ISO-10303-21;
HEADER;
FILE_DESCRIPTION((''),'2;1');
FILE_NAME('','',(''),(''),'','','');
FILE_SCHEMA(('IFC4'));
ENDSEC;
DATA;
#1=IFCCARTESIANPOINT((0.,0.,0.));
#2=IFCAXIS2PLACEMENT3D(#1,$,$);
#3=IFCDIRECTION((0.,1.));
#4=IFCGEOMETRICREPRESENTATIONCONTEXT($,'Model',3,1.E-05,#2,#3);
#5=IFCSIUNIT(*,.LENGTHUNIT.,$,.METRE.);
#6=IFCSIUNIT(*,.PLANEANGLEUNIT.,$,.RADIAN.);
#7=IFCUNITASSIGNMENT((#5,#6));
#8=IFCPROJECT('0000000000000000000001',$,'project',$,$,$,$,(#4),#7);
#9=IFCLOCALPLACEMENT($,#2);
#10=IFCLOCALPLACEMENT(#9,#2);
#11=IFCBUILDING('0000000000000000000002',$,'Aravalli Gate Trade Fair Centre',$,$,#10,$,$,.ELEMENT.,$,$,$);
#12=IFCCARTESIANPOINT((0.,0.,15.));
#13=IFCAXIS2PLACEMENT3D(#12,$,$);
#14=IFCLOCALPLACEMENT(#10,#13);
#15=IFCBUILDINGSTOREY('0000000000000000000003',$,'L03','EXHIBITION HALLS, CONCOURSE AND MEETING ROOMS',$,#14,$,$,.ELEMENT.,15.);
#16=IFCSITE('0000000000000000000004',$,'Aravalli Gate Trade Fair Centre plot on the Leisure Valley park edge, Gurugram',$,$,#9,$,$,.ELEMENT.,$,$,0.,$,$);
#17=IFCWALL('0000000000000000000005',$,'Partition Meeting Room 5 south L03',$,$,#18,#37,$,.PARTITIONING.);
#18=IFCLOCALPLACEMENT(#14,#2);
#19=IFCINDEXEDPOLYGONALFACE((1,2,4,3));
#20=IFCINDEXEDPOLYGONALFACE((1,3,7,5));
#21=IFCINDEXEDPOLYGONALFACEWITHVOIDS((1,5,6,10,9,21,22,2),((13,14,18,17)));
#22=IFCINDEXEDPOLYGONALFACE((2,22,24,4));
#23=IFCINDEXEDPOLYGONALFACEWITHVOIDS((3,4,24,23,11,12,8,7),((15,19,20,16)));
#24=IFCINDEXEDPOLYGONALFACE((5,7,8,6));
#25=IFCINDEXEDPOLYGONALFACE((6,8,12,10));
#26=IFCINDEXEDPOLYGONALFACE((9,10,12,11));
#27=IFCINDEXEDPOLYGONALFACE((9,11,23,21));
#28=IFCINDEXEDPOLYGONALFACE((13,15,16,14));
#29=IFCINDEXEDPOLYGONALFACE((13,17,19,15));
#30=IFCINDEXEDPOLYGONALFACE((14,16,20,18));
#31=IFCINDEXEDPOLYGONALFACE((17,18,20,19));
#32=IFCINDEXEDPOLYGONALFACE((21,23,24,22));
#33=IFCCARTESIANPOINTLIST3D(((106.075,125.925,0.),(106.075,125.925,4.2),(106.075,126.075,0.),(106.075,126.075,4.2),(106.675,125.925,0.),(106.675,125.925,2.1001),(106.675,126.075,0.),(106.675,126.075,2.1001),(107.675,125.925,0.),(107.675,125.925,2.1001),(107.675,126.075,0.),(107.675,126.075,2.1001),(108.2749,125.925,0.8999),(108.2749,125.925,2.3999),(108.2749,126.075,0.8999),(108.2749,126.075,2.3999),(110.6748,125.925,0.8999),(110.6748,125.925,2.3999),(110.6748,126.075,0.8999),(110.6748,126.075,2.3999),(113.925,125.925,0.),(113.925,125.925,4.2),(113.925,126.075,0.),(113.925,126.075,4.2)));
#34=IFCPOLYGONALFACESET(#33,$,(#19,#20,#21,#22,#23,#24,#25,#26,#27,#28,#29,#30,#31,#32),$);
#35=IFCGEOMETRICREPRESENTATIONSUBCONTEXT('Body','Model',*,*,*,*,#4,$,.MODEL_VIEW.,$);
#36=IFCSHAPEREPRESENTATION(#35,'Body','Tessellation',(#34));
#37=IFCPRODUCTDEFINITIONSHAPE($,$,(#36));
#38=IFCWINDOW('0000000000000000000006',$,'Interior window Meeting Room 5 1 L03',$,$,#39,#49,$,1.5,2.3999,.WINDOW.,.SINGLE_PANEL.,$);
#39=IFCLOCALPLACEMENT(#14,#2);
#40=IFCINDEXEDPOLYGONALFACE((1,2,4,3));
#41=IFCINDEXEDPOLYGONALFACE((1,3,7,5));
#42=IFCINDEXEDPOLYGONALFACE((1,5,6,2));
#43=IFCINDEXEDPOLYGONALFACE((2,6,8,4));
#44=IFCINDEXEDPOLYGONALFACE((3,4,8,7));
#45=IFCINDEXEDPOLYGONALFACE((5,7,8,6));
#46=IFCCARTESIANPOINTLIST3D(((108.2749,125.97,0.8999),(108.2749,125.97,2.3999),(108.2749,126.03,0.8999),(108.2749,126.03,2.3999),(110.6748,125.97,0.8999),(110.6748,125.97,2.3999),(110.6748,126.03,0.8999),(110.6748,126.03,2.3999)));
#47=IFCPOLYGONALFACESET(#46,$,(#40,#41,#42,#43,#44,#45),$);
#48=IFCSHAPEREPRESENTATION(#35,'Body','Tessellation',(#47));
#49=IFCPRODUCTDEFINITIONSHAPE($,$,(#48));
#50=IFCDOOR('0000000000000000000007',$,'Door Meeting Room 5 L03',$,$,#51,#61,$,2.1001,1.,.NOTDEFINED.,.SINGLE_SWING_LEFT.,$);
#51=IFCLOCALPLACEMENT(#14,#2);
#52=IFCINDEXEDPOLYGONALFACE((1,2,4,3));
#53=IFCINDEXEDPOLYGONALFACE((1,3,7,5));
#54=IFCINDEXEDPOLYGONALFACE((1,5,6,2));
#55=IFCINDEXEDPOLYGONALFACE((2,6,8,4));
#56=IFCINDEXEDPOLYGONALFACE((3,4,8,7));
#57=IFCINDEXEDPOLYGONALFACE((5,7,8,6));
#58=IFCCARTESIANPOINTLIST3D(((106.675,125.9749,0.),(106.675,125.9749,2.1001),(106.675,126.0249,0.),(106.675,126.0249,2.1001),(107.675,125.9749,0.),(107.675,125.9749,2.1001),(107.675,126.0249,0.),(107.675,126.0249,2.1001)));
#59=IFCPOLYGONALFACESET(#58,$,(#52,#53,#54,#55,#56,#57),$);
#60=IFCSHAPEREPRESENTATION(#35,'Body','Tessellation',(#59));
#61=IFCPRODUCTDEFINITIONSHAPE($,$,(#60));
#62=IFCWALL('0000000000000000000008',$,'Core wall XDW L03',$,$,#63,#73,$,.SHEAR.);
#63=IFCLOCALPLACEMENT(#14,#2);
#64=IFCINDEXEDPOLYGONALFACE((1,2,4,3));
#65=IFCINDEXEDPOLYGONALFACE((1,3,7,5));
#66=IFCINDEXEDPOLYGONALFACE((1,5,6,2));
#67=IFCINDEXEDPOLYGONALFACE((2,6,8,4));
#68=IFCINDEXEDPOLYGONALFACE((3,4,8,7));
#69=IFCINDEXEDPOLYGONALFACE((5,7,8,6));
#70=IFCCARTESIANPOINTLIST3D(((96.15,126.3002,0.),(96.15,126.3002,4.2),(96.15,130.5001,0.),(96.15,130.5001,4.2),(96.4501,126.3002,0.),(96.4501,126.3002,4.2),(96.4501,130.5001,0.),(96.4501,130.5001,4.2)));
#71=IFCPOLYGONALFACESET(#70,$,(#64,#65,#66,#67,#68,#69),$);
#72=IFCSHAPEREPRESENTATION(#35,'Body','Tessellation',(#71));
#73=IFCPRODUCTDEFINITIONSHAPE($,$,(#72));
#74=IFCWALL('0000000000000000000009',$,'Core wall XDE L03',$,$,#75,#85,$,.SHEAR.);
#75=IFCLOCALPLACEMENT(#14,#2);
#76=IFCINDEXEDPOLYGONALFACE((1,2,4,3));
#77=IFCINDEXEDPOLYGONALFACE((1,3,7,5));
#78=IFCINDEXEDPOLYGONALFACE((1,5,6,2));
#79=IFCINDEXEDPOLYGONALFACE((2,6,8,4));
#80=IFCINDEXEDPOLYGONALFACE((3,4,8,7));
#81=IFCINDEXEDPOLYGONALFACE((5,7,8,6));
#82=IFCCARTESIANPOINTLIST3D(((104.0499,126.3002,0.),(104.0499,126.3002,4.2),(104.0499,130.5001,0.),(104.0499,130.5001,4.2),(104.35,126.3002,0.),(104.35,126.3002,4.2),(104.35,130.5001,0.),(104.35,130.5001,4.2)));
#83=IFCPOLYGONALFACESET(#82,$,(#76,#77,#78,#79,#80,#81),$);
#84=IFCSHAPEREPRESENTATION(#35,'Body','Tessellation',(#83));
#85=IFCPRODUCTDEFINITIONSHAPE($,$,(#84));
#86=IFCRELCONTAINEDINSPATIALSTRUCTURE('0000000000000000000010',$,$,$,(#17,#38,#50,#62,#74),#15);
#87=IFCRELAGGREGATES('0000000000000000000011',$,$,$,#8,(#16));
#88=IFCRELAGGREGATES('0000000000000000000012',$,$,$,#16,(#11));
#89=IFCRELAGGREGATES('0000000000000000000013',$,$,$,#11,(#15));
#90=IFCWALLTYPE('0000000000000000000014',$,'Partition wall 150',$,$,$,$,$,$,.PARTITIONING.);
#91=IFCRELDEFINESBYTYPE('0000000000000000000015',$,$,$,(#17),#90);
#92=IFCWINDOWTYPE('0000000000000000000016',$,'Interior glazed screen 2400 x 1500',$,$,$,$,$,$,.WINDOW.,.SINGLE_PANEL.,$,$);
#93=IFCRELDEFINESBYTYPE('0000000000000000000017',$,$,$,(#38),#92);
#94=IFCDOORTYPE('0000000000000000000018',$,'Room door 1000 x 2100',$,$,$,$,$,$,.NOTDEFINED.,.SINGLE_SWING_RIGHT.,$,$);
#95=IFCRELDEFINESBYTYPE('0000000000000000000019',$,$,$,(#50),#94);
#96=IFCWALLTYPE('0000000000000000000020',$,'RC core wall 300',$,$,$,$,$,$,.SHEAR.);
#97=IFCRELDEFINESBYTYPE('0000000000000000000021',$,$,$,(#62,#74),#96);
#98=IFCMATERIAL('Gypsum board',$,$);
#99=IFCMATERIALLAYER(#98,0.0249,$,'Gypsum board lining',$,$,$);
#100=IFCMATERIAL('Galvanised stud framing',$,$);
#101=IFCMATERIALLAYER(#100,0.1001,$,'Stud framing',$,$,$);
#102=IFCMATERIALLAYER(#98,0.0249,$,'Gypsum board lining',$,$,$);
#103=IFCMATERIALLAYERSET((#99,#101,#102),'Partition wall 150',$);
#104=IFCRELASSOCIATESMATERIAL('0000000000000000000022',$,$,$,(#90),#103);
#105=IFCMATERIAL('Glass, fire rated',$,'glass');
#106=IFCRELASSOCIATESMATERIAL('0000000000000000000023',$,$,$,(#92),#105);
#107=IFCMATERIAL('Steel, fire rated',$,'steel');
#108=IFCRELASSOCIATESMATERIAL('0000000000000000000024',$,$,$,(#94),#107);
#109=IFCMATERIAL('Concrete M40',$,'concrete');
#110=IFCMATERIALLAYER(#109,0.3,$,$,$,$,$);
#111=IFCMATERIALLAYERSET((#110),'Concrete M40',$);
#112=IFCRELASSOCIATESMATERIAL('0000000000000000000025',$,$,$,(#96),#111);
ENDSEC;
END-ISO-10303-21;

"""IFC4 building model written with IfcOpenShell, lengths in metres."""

from ifc_helpers import new_model, si_unit, direction, frame, frame_2d, origin, place, context, subcontext, project, spatial, rectangle, extrude, material, layer, layer_set, type_object, element, fill, save


model = new_model("IFC4")

# Units and contexts
model_context = context("Model", 3, precision=1e-05, world=origin(), true_north=direction((0.0, 1.0)))
body_context = subcontext(model_context, "Body", "Model", "MODEL_VIEW")
ifc_project = project(units=[si_unit("LENGTHUNIT", "METRE"), si_unit("PLANEANGLEUNIT", "RADIAN")], contexts=[model_context])

# Site, building, storey
site_placement = place(None, origin())
site = spatial("IfcSite", under=ifc_project, at=site_placement, Name="Aravalli Gate Trade Fair Centre plot on the Leisure Valley park edge, Gurugram", CompositionType="ELEMENT", RefElevation=0.0)
building_placement = place(site_placement, origin())
building = spatial("IfcBuilding", under=site, at=building_placement, Name="Aravalli Gate Trade Fair Centre", CompositionType="ELEMENT")
storey_placement = place(building_placement, frame((0.0, 0.0, 15.0)))
storey = spatial("IfcBuildingStorey", under=building, at=storey_placement, Name="L03", Description="EXHIBITION HALLS, CONCOURSE AND MEETING ROOMS", CompositionType="ELEMENT", Elevation=15.0)

# Wall, openings, window, door
ifc_material_1 = material(Name="Gypsum board")
ifc_layer_1 = layer(ifc_material_1, 0.0249, Name="Gypsum board lining")
ifc_material_2 = material(Name="Galvanised stud framing")
ifc_layer_2 = layer(ifc_material_2, 0.1001, Name="Stud framing")
ifc_layer_3 = layer(ifc_material_1, 0.0249, Name="Gypsum board lining")
ifc_layer_set_1 = layer_set([ifc_layer_1, ifc_layer_2, ifc_layer_3], Name="Partition wall 150")
wall_type_1 = type_object("IfcWallType", Name="Partition wall 150", PredefinedType="PARTITIONING", material=ifc_layer_set_1)
wall_1_placement = place(storey_placement, frame((106.075, 126.0, 0.0), z_axis=(0.0, 0.0, 1.0), x_axis=(1.0, 0.0, 0.0)))
wall_1 = element("IfcWall", 1, at=wall_1_placement, inside=storey, type_object=wall_type_1, Name="Partition Meeting Room 5 south L03", PredefinedType="PARTITIONING", context=body_context, shape_type="SweptSolid", body=[
    extrude(rectangle(XDim=7.8501, YDim=0.1499, at=frame_2d((3.925, 0.0))), origin(), (0.0, 0.0, 1.0), 4.2),
])
opening_1_placement = place(wall_1_placement, frame((0.6001, 0.0, 0.0)))
opening_1 = element("IfcOpeningElement", 2, at=opening_1_placement, cuts=wall_1, PredefinedType="OPENING", context=body_context, shape_type="SweptSolid", body=[
    extrude(rectangle(XDim=1.0, YDim=2.1001, at=frame_2d((0.5, 1.05))), frame((0.0, 0.085, 0.0), z_axis=(0.0, -1.0, 0.0), x_axis=(1.0, 0.0, 0.0)), (0.0, 0.0, 1.0), 0.1699),
])
opening_2_placement = place(wall_1_placement, frame((2.2, 0.0, 0.8999)))
opening_2 = element("IfcOpeningElement", 3, at=opening_2_placement, cuts=wall_1, PredefinedType="OPENING", context=body_context, shape_type="SweptSolid", body=[
    extrude(rectangle(XDim=2.3999, YDim=1.5, at=frame_2d((1.2, 0.75))), frame((0.0, 0.085, 0.0), z_axis=(0.0, -1.0, 0.0), x_axis=(1.0, 0.0, 0.0)), (0.0, 0.0, 1.0), 0.1699),
])
ifc_material_3 = material(Name="Glass, fire rated", Category="glass")
window_type = type_object("IfcWindowType", Name="Interior glazed screen 2400 x 1500", PartitioningType="SINGLE_PANEL", PredefinedType="WINDOW", material=ifc_material_3)
window_placement = place(opening_2_placement, origin())
window = element("IfcWindow", 4, at=window_placement, inside=storey, type_object=window_type, Name="Interior window Meeting Room 5 1 L03", OverallHeight=1.5, OverallWidth=2.3999, PartitioningType="SINGLE_PANEL", PredefinedType="WINDOW", context=body_context, shape_type="SweptSolid", body=[
    extrude(rectangle(XDim=2.3999, YDim=1.5, at=frame_2d((1.2, 0.75))), frame((0.0, 0.03, 0.0), z_axis=(0.0, -1.0, 0.0), x_axis=(1.0, 0.0, 0.0)), (0.0, 0.0, 1.0), 0.0601),
])
fill(opening_2, window)
ifc_material_4 = material(Name="Steel, fire rated", Category="steel")
door_type = type_object("IfcDoorType", Name="Room door 1000 x 2100", OperationType="SINGLE_SWING_RIGHT", PredefinedType="NOTDEFINED", material=ifc_material_4)
door_placement = place(opening_1_placement, origin())
door = element("IfcDoor", 5, at=door_placement, inside=storey, type_object=door_type, Name="Door Meeting Room 5 L03", OperationType="SINGLE_SWING_LEFT", OverallHeight=2.1001, OverallWidth=1.0, PredefinedType="NOTDEFINED", context=body_context, shape_type="SweptSolid", body=[
    extrude(rectangle(XDim=1.0, YDim=2.1001, at=frame_2d((0.5, 1.05))), frame((0.0, 0.0249, 0.0), z_axis=(0.0, -1.0, 0.0), x_axis=(1.0, 0.0, 0.0)), (0.0, 0.0, 1.0), 0.05),
])
fill(opening_1, door)

# Walls
ifc_material_5 = material(Name="Concrete M40", Category="concrete")
ifc_layer_4 = layer(ifc_material_5, 0.3)
ifc_layer_set_2 = layer_set([ifc_layer_4], Name="Concrete M40")
wall_type_2 = type_object("IfcWallType", Name="RC core wall 300", PredefinedType="SHEAR", material=ifc_layer_set_2)
for number, where, z_axis, x_axis, name in (
    (6, (96.3, 126.3, 0.0), (0.0, 0.0, 1.0), (0.0, 1.0, 0.0), "Core wall XDW L03"),
    (7, (104.2, 126.3, 0.0), (0.0, 0.0, 1.0), (0.0, 1.0, 0.0), "Core wall XDE L03"),
):
    element("IfcWall", number, at=place(storey_placement, frame(where, z_axis=z_axis, x_axis=x_axis)), inside=storey, type_object=wall_type_2, Name=name, PredefinedType="SHEAR", context=body_context, shape_type="SweptSolid", body=[
        extrude(rectangle(XDim=4.2, YDim=0.3, at=frame_2d((2.1001, 0.0))), origin(), (0.0, 0.0, 1.0), 4.2),
    ])

save(model, "model.ifc")
